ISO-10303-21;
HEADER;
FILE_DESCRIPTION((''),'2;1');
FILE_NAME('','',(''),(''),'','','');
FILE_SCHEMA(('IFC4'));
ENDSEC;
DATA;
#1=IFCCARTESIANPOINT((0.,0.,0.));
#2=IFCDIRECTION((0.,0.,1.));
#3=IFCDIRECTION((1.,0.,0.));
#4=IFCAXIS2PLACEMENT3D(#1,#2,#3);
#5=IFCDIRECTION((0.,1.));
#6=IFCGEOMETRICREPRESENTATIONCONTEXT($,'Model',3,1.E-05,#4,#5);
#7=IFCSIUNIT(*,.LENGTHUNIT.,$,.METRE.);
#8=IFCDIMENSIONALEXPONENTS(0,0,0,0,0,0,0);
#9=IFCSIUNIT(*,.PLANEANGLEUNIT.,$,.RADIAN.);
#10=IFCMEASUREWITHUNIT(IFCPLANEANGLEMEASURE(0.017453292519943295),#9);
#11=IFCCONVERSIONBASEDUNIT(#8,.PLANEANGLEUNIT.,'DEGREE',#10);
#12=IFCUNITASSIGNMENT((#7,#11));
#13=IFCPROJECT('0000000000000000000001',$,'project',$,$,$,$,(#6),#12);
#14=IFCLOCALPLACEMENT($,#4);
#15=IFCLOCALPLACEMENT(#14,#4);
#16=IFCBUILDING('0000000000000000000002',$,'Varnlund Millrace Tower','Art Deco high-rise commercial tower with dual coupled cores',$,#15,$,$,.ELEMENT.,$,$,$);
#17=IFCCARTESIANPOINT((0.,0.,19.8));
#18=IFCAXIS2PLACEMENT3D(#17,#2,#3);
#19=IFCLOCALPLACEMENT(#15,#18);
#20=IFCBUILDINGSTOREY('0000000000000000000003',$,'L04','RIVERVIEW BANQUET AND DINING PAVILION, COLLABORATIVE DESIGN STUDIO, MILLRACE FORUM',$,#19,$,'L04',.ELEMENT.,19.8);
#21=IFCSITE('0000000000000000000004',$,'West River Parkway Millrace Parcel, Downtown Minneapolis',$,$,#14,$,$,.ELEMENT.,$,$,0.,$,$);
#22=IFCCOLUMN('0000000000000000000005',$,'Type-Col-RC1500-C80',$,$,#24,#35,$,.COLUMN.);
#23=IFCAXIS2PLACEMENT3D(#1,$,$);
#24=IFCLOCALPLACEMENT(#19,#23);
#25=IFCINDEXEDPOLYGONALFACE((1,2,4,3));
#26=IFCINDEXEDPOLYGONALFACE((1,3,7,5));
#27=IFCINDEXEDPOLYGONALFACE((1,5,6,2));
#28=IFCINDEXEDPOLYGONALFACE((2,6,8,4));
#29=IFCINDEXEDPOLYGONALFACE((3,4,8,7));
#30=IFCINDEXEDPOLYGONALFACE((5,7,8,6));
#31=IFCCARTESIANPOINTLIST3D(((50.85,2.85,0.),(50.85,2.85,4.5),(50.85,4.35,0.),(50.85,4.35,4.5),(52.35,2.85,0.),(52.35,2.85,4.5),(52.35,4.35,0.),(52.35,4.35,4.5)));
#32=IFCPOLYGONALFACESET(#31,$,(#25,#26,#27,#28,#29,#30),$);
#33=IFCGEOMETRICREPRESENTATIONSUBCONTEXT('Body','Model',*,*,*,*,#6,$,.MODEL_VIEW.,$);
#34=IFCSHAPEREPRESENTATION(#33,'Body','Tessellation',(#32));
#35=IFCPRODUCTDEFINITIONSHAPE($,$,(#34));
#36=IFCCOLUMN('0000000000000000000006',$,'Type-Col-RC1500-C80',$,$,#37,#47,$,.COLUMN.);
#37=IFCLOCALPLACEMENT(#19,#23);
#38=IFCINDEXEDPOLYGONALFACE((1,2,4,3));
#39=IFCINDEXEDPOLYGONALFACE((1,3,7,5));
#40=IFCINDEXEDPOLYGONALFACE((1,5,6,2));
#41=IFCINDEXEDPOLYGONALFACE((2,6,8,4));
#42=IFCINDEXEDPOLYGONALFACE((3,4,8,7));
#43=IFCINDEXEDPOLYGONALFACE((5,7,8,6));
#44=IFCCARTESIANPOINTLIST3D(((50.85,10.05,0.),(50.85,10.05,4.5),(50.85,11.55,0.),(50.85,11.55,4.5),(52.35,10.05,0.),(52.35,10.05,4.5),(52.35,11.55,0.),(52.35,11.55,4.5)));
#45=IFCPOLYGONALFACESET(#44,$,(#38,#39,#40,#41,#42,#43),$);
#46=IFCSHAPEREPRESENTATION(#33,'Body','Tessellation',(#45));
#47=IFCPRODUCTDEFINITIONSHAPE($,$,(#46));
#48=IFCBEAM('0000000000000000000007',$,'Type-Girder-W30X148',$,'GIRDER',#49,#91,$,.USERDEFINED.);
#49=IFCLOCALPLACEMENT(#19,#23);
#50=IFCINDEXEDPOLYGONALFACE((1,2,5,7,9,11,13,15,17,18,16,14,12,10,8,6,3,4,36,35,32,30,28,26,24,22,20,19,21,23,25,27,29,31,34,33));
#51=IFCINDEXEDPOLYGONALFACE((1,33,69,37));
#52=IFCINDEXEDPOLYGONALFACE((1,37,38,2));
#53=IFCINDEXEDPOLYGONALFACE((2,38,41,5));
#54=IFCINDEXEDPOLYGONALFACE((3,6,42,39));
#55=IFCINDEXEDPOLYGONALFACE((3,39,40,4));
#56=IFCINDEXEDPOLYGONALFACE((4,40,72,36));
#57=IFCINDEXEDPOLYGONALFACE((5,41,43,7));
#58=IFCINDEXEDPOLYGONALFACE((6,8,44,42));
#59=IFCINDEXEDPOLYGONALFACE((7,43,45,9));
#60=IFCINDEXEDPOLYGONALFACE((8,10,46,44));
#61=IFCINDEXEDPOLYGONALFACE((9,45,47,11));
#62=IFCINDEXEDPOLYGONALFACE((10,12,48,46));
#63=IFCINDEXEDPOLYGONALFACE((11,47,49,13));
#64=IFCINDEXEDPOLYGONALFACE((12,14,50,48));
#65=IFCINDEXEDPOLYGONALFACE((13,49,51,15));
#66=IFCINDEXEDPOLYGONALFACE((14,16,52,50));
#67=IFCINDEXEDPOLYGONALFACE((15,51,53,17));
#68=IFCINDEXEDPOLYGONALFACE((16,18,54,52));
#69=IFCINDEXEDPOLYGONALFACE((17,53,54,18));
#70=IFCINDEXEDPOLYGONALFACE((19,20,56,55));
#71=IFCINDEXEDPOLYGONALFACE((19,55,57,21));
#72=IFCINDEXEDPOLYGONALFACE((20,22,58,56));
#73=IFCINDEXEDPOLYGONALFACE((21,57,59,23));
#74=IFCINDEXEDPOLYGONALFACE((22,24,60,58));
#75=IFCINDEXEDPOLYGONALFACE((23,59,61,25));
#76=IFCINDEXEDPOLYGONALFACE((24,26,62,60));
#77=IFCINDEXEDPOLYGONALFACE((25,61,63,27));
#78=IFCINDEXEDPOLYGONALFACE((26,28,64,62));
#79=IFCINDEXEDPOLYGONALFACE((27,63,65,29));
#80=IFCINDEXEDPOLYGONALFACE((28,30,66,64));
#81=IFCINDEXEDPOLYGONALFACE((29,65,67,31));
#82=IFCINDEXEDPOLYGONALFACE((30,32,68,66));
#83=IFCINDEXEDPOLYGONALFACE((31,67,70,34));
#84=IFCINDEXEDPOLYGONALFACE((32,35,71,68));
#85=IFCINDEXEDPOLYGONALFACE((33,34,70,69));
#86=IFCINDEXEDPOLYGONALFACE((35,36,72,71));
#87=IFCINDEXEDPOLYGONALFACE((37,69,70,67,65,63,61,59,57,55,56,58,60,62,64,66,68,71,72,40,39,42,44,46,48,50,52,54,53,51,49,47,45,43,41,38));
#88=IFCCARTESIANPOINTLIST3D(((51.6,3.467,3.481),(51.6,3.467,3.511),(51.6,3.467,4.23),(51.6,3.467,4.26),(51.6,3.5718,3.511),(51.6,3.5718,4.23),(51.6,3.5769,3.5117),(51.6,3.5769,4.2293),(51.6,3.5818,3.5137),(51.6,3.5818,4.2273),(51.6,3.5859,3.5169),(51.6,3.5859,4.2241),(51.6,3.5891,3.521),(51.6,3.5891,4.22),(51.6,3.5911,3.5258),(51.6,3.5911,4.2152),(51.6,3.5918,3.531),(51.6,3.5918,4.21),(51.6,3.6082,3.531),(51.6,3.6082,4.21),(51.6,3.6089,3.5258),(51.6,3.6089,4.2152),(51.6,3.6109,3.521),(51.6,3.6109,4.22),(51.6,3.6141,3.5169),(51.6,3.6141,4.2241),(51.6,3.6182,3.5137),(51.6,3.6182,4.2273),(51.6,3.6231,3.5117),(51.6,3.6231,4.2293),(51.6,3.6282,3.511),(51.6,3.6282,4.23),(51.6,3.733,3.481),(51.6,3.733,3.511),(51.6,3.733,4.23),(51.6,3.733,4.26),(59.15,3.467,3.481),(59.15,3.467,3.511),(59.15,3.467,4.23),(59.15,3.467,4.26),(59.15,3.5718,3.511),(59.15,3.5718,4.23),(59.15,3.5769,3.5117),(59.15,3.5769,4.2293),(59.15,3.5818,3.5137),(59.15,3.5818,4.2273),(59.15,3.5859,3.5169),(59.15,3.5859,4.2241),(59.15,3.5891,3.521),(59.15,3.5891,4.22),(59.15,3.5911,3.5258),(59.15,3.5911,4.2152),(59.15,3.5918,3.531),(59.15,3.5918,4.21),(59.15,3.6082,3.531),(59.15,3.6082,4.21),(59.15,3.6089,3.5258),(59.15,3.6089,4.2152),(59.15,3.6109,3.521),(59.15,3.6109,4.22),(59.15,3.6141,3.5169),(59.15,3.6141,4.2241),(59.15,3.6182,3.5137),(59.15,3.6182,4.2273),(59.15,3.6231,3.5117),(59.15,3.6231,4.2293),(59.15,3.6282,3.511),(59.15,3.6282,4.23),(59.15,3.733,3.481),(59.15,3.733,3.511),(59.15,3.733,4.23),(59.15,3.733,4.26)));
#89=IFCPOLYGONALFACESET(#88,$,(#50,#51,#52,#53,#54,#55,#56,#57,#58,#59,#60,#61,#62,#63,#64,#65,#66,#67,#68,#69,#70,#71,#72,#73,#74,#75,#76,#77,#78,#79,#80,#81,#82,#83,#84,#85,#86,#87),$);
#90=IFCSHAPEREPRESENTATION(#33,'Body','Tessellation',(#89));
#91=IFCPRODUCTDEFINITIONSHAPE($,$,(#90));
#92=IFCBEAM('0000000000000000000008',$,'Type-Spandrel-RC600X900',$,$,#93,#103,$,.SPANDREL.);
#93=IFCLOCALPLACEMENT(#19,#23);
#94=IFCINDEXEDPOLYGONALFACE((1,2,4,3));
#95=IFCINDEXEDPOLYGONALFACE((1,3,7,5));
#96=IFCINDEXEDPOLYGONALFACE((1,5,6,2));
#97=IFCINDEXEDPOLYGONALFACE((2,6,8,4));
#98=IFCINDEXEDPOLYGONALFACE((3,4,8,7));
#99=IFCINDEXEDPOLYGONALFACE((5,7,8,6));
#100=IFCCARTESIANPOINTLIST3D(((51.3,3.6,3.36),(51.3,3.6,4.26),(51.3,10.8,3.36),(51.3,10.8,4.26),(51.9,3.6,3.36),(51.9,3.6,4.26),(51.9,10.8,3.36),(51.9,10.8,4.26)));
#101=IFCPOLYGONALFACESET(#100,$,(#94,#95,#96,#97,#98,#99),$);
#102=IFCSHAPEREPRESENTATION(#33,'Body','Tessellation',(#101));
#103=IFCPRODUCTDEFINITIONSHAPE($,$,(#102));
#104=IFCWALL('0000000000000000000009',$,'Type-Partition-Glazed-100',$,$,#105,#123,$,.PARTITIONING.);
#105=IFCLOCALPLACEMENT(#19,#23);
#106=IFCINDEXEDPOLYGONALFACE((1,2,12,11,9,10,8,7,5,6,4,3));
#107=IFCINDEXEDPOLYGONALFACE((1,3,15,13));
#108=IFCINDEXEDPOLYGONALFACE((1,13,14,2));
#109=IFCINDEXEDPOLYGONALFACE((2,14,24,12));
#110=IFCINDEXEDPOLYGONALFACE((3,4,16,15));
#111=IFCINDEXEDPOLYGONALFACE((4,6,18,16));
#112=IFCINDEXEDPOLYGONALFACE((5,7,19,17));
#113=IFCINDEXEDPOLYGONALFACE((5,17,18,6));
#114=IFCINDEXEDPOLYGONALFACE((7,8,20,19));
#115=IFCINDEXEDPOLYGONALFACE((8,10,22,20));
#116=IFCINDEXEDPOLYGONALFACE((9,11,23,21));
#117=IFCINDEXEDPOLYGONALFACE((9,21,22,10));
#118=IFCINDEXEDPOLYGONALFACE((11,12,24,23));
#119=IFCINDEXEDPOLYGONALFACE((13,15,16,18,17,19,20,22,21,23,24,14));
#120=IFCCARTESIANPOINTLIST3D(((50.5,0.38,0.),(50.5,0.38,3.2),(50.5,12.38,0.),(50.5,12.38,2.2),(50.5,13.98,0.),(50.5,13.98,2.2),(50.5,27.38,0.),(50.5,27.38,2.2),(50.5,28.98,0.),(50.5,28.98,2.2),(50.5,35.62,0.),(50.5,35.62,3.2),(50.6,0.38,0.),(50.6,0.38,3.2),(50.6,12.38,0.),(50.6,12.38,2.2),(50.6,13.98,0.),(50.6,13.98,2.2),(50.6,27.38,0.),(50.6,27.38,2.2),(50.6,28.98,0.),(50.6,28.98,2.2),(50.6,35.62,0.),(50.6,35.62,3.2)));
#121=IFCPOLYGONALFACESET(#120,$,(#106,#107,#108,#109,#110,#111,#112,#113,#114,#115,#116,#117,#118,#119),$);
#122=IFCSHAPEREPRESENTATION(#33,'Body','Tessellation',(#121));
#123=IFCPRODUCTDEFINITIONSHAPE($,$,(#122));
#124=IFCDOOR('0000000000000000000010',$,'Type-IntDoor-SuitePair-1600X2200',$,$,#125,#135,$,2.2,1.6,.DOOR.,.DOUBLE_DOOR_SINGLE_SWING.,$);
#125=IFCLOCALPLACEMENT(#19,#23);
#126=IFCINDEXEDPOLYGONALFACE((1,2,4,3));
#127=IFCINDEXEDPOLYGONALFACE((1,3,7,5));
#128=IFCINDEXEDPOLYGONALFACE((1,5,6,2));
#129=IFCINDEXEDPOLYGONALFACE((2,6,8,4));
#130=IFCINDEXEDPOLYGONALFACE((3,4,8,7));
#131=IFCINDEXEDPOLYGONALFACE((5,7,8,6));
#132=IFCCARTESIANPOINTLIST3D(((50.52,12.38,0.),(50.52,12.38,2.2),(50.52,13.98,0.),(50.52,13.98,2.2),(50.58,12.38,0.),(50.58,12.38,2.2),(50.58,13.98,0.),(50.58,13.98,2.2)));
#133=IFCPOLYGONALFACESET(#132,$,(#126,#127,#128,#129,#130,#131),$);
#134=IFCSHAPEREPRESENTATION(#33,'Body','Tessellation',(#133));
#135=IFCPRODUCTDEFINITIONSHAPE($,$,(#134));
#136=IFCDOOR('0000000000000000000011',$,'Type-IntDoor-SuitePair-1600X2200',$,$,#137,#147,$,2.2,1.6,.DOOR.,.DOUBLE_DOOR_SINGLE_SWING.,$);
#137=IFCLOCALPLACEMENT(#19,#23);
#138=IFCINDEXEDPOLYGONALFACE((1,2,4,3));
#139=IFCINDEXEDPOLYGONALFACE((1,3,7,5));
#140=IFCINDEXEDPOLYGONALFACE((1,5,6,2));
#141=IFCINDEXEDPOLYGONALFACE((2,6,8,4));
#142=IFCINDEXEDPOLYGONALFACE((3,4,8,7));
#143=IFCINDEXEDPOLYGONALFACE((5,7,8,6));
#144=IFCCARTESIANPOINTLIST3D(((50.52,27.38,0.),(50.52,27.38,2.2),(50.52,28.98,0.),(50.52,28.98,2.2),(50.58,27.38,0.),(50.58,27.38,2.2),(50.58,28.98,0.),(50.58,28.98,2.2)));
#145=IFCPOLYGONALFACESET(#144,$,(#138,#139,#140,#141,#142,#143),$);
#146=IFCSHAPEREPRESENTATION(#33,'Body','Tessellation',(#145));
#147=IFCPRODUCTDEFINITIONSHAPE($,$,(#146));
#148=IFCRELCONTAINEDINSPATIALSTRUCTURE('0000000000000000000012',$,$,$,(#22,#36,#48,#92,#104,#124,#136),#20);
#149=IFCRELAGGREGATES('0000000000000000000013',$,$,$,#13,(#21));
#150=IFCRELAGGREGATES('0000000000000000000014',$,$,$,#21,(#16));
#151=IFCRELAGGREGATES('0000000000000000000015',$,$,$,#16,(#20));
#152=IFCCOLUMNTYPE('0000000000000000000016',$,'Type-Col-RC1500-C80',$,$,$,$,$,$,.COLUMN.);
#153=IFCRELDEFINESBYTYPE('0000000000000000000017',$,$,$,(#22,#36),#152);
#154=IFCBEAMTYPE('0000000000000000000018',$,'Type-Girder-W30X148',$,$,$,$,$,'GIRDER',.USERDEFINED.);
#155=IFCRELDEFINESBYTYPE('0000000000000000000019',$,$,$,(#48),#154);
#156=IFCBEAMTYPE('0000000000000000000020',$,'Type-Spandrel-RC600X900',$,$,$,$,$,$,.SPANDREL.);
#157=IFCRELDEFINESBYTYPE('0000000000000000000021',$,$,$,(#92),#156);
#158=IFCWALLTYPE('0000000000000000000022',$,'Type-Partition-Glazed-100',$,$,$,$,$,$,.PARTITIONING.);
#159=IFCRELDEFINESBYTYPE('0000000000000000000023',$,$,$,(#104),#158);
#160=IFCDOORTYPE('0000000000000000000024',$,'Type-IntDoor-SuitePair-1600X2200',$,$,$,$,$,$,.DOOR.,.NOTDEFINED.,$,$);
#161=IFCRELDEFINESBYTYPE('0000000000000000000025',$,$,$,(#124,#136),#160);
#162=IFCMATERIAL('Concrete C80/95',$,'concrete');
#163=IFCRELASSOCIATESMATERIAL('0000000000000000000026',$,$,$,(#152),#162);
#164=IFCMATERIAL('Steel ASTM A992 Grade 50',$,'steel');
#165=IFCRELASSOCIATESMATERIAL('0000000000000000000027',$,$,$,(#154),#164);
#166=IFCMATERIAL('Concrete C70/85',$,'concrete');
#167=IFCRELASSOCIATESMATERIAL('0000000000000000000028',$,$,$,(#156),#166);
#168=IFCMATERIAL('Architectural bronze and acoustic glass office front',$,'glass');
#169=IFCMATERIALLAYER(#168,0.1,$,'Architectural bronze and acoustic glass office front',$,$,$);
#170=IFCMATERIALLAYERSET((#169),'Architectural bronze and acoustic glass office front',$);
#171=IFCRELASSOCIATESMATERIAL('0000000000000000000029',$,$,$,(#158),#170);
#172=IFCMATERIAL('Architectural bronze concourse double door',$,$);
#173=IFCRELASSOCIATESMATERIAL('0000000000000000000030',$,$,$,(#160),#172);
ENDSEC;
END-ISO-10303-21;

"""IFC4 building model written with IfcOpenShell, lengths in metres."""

from ifc_helpers import new_model, entity, si_unit, converted_unit, direction, frame, origin_with_axes, origin_2d_with_axis, place, context, subcontext, project, spatial, polyline, rectangle, i_section, outline, extrude, material, layer, layer_set, material_profile, profile_set, type_object, element, fill, save


model = new_model("IFC4")

# Units and contexts
model_context = context("Model", 3, precision=1e-05, world=origin_with_axes(), true_north=direction((0.0, 1.0)))
body_context = subcontext(model_context, "Body", "Model", "MODEL_VIEW")
ifc_project = project(units=[si_unit("LENGTHUNIT", "METRE"), converted_unit("PLANEANGLEUNIT", "DEGREE", entity("IfcPlaneAngleMeasure", 0.017453292519943295), si_unit("PLANEANGLEUNIT", "RADIAN"), dimensions=[0, 0, 0, 0, 0, 0, 0])], contexts=[model_context])

# Site, building, storey
site_placement = place(None, origin_with_axes())
site = spatial("IfcSite", under=ifc_project, at=site_placement, Name="West River Parkway Millrace Parcel, Downtown Minneapolis", CompositionType="ELEMENT", RefElevation=0.0)
building_placement = place(site_placement, origin_with_axes())
building = spatial("IfcBuilding", under=site, at=building_placement, Name="Varnlund Millrace Tower", Description="Art Deco high-rise commercial tower with dual coupled cores", CompositionType="ELEMENT")
storey_placement = place(building_placement, frame((0.0, 0.0, 19.8), z_axis=(0.0, 0.0, 1.0), x_axis=(1.0, 0.0, 0.0)))
storey = spatial("IfcBuildingStorey", under=building, at=storey_placement, Name="L04", Description="RIVERVIEW BANQUET AND DINING PAVILION, COLLABORATIVE DESIGN STUDIO, MILLRACE FORUM", LongName="L04", CompositionType="ELEMENT", Elevation=19.8)

# Columns
ifc_material_1 = material(Name="Concrete C80/95", Category="concrete")
ifc_material_profile_1 = material_profile(ifc_material_1, rectangle(XDim=1.5, YDim=1.5, at=origin_2d_with_axis()), Name="Concrete C80/95")
ifc_profile_set_1 = profile_set([ifc_material_profile_1], Name="Concrete C80/95")
column_type = type_object("IfcColumnType", Name="Type-Col-RC1500-C80", PredefinedType="COLUMN", material=ifc_profile_set_1)
for number, where, z_axis, x_axis, name in (
    (1, (51.6, 3.6, 0.0), (0.0, 0.0, 1.0), (1.0, 0.0, 0.0), "Type-Col-RC1500-C80"),
    (2, (51.6, 10.8, 0.0), (0.0, 0.0, 1.0), (1.0, 0.0, 0.0), "Type-Col-RC1500-C80"),
):
    element("IfcColumn", number, at=place(storey_placement, frame(where, z_axis=z_axis, x_axis=x_axis)), inside=storey, type_object=column_type, Name=name, PredefinedType="COLUMN", context=body_context, shape_type="SweptSolid", body=[
        extrude(rectangle(XDim=1.5, YDim=1.5, at=origin_2d_with_axis()), origin_with_axes(), (0.0, 0.0, 1.0), 4.5),
    ])

# Beams
ifc_material_2 = material(Name="Steel ASTM A992 Grade 50", Category="steel")
ifc_material_profile_2 = material_profile(ifc_material_2, i_section(OverallWidth=0.266, OverallDepth=0.779, WebThickness=0.0165, FlangeThickness=0.03, FilletRadius=0.02, at=origin_2d_with_axis()), Name="Steel ASTM A992 Grade 50")
ifc_profile_set_2 = profile_set([ifc_material_profile_2], Name="Steel ASTM A992 Grade 50")
beam_type_1 = type_object("IfcBeamType", Name="Type-Girder-W30X148", ElementType="GIRDER", PredefinedType="USERDEFINED", material=ifc_profile_set_2)
beam_1_placement = place(storey_placement, frame((51.6, 3.6, 3.8705), z_axis=(1.0, 0.0, 0.0), x_axis=(0.0, 1.0, 0.0)))
element("IfcBeam", 3, at=beam_1_placement, inside=storey, type_object=beam_type_1, Name="Type-Girder-W30X148", ObjectType="GIRDER", PredefinedType="USERDEFINED", context=body_context, shape_type="SweptSolid", body=[
    extrude(i_section(OverallWidth=0.266, OverallDepth=0.779, WebThickness=0.0165, FlangeThickness=0.03, FilletRadius=0.02, at=origin_2d_with_axis()), origin_with_axes(), (0.0, 0.0, 1.0), 7.55),
])
ifc_material_3 = material(Name="Concrete C70/85", Category="concrete")
ifc_material_profile_3 = material_profile(ifc_material_3, rectangle(XDim=0.6, YDim=0.9, at=origin_2d_with_axis()), Name="Concrete C70/85")
ifc_profile_set_3 = profile_set([ifc_material_profile_3], Name="Concrete C70/85")
beam_type_2 = type_object("IfcBeamType", Name="Type-Spandrel-RC600X900", PredefinedType="SPANDREL", material=ifc_profile_set_3)
beam_2_placement = place(storey_placement, frame((51.6, 3.6, 3.81), z_axis=(0.0, 1.0, 0.0), x_axis=(-1.0, 0.0, 0.0)))
element("IfcBeam", 4, at=beam_2_placement, inside=storey, type_object=beam_type_2, Name="Type-Spandrel-RC600X900", PredefinedType="SPANDREL", context=body_context, shape_type="SweptSolid", body=[
    extrude(rectangle(XDim=0.6, YDim=0.9, at=origin_2d_with_axis()), origin_with_axes(), (0.0, 0.0, 1.0), 7.2),
])

# Wall, openings, doors
ifc_material_4 = material(Name="Architectural bronze and acoustic glass office front", Category="glass")
ifc_layer = layer(ifc_material_4, 0.1, Name="Architectural bronze and acoustic glass office front")
ifc_layer_set = layer_set([ifc_layer], Name="Architectural bronze and acoustic glass office front")
wall_type = type_object("IfcWallType", Name="Type-Partition-Glazed-100", PredefinedType="PARTITIONING", material=ifc_layer_set)
wall_placement = place(storey_placement, frame((50.55, 0.38, 0.0), z_axis=(0.0, 0.0, 1.0), x_axis=(0.0, 1.0, 0.0)))
wall = element("IfcWall", 5, at=wall_placement, inside=storey, type_object=wall_type, Name="Type-Partition-Glazed-100", PredefinedType="PARTITIONING", context=body_context, shape_type="SweptSolid", body=[
    extrude(outline(polyline([(0.0, -0.05), (35.24, -0.05), (35.24, 0.05), (0.0, 0.05), (0.0, -0.05)])), origin_with_axes(), (0.0, 0.0, 1.0), 3.2),
])
opening_1_placement = place(wall_placement, frame((12.8, 0.0, 0.0), z_axis=(0.0, 0.0, 1.0), x_axis=(1.0, 0.0, 0.0)))
opening_1 = element("IfcOpeningElement", 6, at=opening_1_placement, cuts=wall, PredefinedType="OPENING", context=body_context, shape_type="SweptSolid", body=[
    extrude(rectangle(XDim=1.6, YDim=0.12, at=origin_2d_with_axis()), origin_with_axes(), (0.0, 0.0, 1.0), 2.2),
])
opening_2_placement = place(wall_placement, frame((27.8, 0.0, 0.0), z_axis=(0.0, 0.0, 1.0), x_axis=(1.0, 0.0, 0.0)))
opening_2 = element("IfcOpeningElement", 7, at=opening_2_placement, cuts=wall, PredefinedType="OPENING", context=body_context, shape_type="SweptSolid", body=[
    extrude(rectangle(XDim=1.6, YDim=0.12, at=origin_2d_with_axis()), origin_with_axes(), (0.0, 0.0, 1.0), 2.2),
])
ifc_material_5 = material(Name="Architectural bronze concourse double door")
door_type = type_object("IfcDoorType", Name="Type-IntDoor-SuitePair-1600X2200", OperationType="NOTDEFINED", PredefinedType="DOOR", material=ifc_material_5)
door_1_placement = place(wall_placement, frame((12.8, 0.0, 0.0), z_axis=(0.0, 0.0, 1.0), x_axis=(1.0, 0.0, 0.0)))
door_1 = element("IfcDoor", 8, at=door_1_placement, inside=storey, type_object=door_type, Name="Type-IntDoor-SuitePair-1600X2200", OperationType="DOUBLE_DOOR_SINGLE_SWING", OverallHeight=2.2, OverallWidth=1.6, PredefinedType="DOOR", context=body_context, shape_type="SweptSolid", body=[
    extrude(rectangle(XDim=1.6, YDim=0.06, at=origin_2d_with_axis()), origin_with_axes(), (0.0, 0.0, 1.0), 2.2),
])
fill(opening_1, door_1)
door_2_placement = place(wall_placement, frame((27.8, 0.0, 0.0), z_axis=(0.0, 0.0, 1.0), x_axis=(1.0, 0.0, 0.0)))
door_2 = element("IfcDoor", 9, at=door_2_placement, inside=storey, type_object=door_type, Name="Type-IntDoor-SuitePair-1600X2200", OperationType="DOUBLE_DOOR_SINGLE_SWING", OverallHeight=2.2, OverallWidth=1.6, PredefinedType="DOOR", context=body_context, shape_type="SweptSolid", body=[
    extrude(rectangle(XDim=1.6, YDim=0.06, at=origin_2d_with_axis()), origin_with_axes(), (0.0, 0.0, 1.0), 2.2),
])
fill(opening_2, door_2)

save(model, "model.ifc")
